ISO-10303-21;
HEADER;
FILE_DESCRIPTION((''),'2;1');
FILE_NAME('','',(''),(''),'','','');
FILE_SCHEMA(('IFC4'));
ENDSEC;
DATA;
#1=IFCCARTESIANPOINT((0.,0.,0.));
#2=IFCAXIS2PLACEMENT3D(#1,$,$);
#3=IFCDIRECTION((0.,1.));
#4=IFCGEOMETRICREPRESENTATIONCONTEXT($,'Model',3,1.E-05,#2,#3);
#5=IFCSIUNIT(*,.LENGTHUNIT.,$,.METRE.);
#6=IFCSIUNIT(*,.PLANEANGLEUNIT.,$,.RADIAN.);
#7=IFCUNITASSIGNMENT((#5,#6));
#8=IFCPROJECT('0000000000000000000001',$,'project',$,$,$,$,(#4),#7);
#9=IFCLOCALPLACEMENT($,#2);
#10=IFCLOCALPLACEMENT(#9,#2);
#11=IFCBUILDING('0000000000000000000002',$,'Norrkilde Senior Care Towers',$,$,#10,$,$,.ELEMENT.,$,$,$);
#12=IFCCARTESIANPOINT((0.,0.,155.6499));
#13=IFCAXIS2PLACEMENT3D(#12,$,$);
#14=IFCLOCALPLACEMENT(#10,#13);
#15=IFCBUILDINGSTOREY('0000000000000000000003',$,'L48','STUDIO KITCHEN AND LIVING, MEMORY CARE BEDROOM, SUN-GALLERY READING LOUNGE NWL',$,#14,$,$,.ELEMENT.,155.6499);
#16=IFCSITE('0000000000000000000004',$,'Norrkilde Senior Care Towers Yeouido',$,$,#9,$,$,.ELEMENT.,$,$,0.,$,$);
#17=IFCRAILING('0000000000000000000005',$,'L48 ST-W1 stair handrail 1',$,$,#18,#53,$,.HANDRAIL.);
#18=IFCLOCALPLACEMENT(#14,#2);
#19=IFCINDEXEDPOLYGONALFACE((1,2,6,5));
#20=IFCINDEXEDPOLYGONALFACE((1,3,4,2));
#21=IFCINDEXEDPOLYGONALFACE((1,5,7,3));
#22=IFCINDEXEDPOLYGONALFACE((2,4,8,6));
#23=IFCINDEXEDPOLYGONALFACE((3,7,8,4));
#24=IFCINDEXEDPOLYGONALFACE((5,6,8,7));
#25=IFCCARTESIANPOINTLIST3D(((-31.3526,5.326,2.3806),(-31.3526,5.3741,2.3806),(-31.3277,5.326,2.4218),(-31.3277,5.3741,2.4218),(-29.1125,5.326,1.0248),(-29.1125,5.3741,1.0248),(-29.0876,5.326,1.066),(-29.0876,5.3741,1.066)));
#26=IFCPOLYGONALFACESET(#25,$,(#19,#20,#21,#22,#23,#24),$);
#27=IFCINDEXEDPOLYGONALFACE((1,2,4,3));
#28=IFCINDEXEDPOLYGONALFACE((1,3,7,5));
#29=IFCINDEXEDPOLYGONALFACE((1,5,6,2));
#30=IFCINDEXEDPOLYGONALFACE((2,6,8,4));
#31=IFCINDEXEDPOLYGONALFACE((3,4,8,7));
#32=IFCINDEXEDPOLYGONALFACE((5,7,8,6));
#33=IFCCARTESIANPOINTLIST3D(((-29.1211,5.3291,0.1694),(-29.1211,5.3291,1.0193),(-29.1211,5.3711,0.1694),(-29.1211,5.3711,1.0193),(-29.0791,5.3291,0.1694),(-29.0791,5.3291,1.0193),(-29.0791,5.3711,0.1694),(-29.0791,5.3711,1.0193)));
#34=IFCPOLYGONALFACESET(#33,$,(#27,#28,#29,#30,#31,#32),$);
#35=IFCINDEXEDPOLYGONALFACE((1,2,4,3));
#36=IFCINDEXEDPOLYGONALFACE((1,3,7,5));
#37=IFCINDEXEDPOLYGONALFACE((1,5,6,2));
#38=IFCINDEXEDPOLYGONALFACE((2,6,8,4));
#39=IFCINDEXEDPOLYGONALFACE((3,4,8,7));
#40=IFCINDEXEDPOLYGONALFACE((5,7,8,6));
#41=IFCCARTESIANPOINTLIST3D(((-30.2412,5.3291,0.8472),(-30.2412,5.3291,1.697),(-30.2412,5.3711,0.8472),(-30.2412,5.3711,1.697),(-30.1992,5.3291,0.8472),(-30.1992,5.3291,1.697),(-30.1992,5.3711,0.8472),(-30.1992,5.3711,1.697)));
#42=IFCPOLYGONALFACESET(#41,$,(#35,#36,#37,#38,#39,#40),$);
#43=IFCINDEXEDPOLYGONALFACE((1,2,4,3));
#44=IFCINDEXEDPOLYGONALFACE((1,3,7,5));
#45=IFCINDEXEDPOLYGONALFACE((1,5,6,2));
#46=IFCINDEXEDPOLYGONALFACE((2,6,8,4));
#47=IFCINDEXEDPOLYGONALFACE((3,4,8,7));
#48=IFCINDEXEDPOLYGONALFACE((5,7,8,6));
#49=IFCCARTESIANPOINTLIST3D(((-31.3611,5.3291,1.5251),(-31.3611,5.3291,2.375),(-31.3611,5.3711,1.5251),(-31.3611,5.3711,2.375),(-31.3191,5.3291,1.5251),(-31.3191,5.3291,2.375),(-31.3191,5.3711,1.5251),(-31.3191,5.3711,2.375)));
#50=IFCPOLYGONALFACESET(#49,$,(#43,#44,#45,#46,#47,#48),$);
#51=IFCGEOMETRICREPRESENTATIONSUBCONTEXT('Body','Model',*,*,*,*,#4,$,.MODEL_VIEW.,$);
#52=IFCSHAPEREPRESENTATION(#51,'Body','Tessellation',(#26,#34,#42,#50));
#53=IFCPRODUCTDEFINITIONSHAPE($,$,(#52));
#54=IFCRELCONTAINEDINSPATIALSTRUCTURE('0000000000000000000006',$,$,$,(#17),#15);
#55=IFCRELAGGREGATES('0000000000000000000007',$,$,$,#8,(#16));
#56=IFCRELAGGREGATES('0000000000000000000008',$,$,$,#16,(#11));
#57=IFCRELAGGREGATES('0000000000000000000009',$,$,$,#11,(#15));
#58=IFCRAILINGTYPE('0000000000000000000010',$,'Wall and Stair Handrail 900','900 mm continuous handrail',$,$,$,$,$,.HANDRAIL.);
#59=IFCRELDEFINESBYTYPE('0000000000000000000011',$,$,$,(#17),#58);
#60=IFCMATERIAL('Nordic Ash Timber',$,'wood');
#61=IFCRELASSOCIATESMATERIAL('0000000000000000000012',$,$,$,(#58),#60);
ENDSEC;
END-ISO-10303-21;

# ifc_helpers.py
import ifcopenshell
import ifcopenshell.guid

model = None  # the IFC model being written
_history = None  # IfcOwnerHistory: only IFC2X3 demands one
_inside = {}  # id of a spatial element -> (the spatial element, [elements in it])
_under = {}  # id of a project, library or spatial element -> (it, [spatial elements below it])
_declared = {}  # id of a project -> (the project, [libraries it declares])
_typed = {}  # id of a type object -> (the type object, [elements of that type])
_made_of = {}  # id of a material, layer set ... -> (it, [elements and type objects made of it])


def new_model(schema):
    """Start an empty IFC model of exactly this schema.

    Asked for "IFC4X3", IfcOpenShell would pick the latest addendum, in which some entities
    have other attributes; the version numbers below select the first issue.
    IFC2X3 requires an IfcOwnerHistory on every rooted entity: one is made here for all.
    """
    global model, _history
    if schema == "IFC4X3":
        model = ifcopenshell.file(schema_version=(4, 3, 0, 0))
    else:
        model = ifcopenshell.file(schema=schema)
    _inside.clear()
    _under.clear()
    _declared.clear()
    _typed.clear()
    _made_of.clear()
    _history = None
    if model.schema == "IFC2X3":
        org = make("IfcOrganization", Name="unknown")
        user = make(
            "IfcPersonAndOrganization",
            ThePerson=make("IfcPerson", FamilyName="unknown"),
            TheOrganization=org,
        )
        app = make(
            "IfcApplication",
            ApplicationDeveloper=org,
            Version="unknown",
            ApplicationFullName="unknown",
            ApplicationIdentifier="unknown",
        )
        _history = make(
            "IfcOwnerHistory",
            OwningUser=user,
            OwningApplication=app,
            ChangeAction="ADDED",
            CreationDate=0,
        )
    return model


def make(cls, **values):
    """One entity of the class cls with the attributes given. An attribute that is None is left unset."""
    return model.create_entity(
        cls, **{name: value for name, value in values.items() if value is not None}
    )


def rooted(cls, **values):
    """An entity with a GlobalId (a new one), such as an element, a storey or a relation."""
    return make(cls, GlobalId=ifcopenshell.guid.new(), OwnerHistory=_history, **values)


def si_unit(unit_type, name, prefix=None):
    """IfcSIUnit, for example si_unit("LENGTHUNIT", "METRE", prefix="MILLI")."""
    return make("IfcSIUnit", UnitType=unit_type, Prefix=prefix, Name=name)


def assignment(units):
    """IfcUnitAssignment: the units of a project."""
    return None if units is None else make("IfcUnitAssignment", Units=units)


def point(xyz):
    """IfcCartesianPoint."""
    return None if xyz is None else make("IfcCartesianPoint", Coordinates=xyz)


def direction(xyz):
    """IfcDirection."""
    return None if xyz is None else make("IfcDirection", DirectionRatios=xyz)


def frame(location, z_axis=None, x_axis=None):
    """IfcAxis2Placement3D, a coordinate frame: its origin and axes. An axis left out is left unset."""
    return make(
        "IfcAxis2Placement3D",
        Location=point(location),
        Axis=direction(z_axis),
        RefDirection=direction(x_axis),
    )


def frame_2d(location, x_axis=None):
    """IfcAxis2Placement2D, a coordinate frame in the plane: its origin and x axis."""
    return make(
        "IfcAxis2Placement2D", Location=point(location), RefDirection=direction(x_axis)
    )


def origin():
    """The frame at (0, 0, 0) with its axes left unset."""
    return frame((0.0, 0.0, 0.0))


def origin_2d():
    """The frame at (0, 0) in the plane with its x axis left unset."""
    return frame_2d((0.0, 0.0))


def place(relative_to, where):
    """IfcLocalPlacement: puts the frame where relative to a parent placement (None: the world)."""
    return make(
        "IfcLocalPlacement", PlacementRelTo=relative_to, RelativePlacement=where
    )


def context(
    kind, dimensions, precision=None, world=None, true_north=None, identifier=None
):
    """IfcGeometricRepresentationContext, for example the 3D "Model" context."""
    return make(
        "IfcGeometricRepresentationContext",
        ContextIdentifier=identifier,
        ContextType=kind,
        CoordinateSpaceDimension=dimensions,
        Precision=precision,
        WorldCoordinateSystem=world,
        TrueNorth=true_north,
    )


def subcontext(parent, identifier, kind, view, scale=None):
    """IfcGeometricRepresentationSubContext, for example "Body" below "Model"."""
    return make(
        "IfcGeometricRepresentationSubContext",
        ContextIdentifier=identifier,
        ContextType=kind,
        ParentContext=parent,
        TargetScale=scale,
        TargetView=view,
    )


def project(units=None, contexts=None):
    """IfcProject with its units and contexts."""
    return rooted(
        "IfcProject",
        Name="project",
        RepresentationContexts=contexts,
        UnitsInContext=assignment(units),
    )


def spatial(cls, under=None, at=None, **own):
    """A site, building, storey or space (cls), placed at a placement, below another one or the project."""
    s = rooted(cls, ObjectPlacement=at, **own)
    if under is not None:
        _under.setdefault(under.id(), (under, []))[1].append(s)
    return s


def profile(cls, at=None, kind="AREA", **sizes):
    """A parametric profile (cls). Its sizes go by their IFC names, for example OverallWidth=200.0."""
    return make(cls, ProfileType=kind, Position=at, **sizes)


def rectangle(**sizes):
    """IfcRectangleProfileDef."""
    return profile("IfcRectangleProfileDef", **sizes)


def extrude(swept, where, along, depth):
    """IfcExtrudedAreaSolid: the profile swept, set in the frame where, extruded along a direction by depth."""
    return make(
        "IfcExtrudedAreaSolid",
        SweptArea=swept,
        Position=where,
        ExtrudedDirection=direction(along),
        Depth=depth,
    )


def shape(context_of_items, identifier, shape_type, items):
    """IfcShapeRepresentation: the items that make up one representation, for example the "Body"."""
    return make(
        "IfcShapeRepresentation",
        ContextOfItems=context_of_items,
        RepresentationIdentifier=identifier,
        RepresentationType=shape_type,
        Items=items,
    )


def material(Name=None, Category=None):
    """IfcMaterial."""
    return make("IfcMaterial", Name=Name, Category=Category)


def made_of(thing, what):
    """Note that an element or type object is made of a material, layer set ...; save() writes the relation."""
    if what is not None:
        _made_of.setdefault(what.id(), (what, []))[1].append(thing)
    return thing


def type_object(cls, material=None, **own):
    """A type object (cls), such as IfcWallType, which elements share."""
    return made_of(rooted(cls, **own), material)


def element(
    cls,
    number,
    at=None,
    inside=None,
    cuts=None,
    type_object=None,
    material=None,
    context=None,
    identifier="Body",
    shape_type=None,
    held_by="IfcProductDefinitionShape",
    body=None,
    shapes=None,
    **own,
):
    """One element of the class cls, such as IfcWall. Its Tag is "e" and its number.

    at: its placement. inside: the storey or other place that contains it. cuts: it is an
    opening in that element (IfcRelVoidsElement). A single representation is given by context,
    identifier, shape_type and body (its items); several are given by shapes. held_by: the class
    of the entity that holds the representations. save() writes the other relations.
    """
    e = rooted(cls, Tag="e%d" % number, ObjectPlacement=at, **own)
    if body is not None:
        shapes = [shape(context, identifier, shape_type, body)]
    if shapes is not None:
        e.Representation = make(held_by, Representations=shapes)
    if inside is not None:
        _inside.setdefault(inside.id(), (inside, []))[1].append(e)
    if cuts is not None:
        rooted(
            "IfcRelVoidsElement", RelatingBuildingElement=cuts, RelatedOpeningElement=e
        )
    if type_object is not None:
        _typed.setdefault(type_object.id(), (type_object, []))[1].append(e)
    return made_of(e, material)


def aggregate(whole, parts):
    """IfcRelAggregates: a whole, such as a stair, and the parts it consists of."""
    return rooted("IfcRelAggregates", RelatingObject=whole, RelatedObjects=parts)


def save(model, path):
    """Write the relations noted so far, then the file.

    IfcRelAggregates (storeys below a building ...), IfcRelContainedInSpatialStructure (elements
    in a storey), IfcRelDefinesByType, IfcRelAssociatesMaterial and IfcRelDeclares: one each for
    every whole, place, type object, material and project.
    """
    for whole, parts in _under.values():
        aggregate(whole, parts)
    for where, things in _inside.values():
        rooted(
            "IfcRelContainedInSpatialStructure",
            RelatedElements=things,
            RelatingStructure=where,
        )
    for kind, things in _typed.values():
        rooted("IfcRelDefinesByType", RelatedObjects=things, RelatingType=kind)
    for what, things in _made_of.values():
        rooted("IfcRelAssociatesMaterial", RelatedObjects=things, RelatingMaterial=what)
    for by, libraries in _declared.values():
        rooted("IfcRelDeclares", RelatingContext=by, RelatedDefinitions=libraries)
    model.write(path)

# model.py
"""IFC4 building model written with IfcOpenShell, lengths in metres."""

from ifc_helpers import new_model, si_unit, direction, frame, origin, origin_2d, place, context, subcontext, project, spatial, rectangle, extrude, material, type_object, element, save


model = new_model("IFC4")

# Units and contexts
model_context = context("Model", 3, precision=1e-05, world=origin(), true_north=direction((0.0, 1.0)))
body_context = subcontext(model_context, "Body", "Model", "MODEL_VIEW")
ifc_project = project(units=[si_unit("LENGTHUNIT", "METRE"), si_unit("PLANEANGLEUNIT", "RADIAN")], contexts=[model_context])

# Site, building, storey
site_placement = place(None, origin())
site = spatial("IfcSite", under=ifc_project, at=site_placement, Name="Norrkilde Senior Care Towers Yeouido", CompositionType="ELEMENT", RefElevation=0.0)
building_placement = place(site_placement, origin())
building = spatial("IfcBuilding", under=site, at=building_placement, Name="Norrkilde Senior Care Towers", CompositionType="ELEMENT")
storey_placement = place(building_placement, frame((0.0, 0.0, 155.6499)))
storey = spatial("IfcBuildingStorey", under=building, at=storey_placement, Name="L48", Description="STUDIO KITCHEN AND LIVING, MEMORY CARE BEDROOM, SUN-GALLERY READING LOUNGE NWL", CompositionType="ELEMENT", Elevation=155.6499)

# Shared definitions
ifc_material_1 = material(Name="Nordic Ash Timber", Category="wood")

# Railing
railing_type_1 = type_object("IfcRailingType", Name="Wall and Stair Handrail 900", Description="900 mm continuous handrail", PredefinedType="HANDRAIL", material=ifc_material_1)
railing_1_placement = place(storey_placement, frame((-29.1001, 5.3501, 0.1694)))
element("IfcRailing", 1, at=railing_1_placement, inside=storey, type_object=railing_type_1, Name="L48 ST-W1 stair handrail 1", PredefinedType="HANDRAIL", context=body_context, shape_type="SweptSolid", body=[
    extrude(rectangle(XDim=0.0481, YDim=0.0481, at=origin_2d()), frame((0.0, 0.0, 0.876), z_axis=(-0.855512, 0.0, 0.517783), x_axis=(0.0, -1.0, 0.0)), (0.0, 0.0, 1.0), 2.6184),
    extrude(rectangle(XDim=0.042, YDim=0.042, at=origin_2d()), origin(), (0.0, 0.0, 1.0), 0.8499),
    extrude(rectangle(XDim=0.042, YDim=0.042, at=origin_2d()), frame((-1.1201, 0.0, 0.6777)), (0.0, 0.0, 1.0), 0.8499),
    extrude(rectangle(XDim=0.042, YDim=0.042, at=origin_2d()), frame((-2.24, 0.0, 1.3557)), (0.0, 0.0, 1.0), 0.8499),
])

save(model, "model.ifc")
